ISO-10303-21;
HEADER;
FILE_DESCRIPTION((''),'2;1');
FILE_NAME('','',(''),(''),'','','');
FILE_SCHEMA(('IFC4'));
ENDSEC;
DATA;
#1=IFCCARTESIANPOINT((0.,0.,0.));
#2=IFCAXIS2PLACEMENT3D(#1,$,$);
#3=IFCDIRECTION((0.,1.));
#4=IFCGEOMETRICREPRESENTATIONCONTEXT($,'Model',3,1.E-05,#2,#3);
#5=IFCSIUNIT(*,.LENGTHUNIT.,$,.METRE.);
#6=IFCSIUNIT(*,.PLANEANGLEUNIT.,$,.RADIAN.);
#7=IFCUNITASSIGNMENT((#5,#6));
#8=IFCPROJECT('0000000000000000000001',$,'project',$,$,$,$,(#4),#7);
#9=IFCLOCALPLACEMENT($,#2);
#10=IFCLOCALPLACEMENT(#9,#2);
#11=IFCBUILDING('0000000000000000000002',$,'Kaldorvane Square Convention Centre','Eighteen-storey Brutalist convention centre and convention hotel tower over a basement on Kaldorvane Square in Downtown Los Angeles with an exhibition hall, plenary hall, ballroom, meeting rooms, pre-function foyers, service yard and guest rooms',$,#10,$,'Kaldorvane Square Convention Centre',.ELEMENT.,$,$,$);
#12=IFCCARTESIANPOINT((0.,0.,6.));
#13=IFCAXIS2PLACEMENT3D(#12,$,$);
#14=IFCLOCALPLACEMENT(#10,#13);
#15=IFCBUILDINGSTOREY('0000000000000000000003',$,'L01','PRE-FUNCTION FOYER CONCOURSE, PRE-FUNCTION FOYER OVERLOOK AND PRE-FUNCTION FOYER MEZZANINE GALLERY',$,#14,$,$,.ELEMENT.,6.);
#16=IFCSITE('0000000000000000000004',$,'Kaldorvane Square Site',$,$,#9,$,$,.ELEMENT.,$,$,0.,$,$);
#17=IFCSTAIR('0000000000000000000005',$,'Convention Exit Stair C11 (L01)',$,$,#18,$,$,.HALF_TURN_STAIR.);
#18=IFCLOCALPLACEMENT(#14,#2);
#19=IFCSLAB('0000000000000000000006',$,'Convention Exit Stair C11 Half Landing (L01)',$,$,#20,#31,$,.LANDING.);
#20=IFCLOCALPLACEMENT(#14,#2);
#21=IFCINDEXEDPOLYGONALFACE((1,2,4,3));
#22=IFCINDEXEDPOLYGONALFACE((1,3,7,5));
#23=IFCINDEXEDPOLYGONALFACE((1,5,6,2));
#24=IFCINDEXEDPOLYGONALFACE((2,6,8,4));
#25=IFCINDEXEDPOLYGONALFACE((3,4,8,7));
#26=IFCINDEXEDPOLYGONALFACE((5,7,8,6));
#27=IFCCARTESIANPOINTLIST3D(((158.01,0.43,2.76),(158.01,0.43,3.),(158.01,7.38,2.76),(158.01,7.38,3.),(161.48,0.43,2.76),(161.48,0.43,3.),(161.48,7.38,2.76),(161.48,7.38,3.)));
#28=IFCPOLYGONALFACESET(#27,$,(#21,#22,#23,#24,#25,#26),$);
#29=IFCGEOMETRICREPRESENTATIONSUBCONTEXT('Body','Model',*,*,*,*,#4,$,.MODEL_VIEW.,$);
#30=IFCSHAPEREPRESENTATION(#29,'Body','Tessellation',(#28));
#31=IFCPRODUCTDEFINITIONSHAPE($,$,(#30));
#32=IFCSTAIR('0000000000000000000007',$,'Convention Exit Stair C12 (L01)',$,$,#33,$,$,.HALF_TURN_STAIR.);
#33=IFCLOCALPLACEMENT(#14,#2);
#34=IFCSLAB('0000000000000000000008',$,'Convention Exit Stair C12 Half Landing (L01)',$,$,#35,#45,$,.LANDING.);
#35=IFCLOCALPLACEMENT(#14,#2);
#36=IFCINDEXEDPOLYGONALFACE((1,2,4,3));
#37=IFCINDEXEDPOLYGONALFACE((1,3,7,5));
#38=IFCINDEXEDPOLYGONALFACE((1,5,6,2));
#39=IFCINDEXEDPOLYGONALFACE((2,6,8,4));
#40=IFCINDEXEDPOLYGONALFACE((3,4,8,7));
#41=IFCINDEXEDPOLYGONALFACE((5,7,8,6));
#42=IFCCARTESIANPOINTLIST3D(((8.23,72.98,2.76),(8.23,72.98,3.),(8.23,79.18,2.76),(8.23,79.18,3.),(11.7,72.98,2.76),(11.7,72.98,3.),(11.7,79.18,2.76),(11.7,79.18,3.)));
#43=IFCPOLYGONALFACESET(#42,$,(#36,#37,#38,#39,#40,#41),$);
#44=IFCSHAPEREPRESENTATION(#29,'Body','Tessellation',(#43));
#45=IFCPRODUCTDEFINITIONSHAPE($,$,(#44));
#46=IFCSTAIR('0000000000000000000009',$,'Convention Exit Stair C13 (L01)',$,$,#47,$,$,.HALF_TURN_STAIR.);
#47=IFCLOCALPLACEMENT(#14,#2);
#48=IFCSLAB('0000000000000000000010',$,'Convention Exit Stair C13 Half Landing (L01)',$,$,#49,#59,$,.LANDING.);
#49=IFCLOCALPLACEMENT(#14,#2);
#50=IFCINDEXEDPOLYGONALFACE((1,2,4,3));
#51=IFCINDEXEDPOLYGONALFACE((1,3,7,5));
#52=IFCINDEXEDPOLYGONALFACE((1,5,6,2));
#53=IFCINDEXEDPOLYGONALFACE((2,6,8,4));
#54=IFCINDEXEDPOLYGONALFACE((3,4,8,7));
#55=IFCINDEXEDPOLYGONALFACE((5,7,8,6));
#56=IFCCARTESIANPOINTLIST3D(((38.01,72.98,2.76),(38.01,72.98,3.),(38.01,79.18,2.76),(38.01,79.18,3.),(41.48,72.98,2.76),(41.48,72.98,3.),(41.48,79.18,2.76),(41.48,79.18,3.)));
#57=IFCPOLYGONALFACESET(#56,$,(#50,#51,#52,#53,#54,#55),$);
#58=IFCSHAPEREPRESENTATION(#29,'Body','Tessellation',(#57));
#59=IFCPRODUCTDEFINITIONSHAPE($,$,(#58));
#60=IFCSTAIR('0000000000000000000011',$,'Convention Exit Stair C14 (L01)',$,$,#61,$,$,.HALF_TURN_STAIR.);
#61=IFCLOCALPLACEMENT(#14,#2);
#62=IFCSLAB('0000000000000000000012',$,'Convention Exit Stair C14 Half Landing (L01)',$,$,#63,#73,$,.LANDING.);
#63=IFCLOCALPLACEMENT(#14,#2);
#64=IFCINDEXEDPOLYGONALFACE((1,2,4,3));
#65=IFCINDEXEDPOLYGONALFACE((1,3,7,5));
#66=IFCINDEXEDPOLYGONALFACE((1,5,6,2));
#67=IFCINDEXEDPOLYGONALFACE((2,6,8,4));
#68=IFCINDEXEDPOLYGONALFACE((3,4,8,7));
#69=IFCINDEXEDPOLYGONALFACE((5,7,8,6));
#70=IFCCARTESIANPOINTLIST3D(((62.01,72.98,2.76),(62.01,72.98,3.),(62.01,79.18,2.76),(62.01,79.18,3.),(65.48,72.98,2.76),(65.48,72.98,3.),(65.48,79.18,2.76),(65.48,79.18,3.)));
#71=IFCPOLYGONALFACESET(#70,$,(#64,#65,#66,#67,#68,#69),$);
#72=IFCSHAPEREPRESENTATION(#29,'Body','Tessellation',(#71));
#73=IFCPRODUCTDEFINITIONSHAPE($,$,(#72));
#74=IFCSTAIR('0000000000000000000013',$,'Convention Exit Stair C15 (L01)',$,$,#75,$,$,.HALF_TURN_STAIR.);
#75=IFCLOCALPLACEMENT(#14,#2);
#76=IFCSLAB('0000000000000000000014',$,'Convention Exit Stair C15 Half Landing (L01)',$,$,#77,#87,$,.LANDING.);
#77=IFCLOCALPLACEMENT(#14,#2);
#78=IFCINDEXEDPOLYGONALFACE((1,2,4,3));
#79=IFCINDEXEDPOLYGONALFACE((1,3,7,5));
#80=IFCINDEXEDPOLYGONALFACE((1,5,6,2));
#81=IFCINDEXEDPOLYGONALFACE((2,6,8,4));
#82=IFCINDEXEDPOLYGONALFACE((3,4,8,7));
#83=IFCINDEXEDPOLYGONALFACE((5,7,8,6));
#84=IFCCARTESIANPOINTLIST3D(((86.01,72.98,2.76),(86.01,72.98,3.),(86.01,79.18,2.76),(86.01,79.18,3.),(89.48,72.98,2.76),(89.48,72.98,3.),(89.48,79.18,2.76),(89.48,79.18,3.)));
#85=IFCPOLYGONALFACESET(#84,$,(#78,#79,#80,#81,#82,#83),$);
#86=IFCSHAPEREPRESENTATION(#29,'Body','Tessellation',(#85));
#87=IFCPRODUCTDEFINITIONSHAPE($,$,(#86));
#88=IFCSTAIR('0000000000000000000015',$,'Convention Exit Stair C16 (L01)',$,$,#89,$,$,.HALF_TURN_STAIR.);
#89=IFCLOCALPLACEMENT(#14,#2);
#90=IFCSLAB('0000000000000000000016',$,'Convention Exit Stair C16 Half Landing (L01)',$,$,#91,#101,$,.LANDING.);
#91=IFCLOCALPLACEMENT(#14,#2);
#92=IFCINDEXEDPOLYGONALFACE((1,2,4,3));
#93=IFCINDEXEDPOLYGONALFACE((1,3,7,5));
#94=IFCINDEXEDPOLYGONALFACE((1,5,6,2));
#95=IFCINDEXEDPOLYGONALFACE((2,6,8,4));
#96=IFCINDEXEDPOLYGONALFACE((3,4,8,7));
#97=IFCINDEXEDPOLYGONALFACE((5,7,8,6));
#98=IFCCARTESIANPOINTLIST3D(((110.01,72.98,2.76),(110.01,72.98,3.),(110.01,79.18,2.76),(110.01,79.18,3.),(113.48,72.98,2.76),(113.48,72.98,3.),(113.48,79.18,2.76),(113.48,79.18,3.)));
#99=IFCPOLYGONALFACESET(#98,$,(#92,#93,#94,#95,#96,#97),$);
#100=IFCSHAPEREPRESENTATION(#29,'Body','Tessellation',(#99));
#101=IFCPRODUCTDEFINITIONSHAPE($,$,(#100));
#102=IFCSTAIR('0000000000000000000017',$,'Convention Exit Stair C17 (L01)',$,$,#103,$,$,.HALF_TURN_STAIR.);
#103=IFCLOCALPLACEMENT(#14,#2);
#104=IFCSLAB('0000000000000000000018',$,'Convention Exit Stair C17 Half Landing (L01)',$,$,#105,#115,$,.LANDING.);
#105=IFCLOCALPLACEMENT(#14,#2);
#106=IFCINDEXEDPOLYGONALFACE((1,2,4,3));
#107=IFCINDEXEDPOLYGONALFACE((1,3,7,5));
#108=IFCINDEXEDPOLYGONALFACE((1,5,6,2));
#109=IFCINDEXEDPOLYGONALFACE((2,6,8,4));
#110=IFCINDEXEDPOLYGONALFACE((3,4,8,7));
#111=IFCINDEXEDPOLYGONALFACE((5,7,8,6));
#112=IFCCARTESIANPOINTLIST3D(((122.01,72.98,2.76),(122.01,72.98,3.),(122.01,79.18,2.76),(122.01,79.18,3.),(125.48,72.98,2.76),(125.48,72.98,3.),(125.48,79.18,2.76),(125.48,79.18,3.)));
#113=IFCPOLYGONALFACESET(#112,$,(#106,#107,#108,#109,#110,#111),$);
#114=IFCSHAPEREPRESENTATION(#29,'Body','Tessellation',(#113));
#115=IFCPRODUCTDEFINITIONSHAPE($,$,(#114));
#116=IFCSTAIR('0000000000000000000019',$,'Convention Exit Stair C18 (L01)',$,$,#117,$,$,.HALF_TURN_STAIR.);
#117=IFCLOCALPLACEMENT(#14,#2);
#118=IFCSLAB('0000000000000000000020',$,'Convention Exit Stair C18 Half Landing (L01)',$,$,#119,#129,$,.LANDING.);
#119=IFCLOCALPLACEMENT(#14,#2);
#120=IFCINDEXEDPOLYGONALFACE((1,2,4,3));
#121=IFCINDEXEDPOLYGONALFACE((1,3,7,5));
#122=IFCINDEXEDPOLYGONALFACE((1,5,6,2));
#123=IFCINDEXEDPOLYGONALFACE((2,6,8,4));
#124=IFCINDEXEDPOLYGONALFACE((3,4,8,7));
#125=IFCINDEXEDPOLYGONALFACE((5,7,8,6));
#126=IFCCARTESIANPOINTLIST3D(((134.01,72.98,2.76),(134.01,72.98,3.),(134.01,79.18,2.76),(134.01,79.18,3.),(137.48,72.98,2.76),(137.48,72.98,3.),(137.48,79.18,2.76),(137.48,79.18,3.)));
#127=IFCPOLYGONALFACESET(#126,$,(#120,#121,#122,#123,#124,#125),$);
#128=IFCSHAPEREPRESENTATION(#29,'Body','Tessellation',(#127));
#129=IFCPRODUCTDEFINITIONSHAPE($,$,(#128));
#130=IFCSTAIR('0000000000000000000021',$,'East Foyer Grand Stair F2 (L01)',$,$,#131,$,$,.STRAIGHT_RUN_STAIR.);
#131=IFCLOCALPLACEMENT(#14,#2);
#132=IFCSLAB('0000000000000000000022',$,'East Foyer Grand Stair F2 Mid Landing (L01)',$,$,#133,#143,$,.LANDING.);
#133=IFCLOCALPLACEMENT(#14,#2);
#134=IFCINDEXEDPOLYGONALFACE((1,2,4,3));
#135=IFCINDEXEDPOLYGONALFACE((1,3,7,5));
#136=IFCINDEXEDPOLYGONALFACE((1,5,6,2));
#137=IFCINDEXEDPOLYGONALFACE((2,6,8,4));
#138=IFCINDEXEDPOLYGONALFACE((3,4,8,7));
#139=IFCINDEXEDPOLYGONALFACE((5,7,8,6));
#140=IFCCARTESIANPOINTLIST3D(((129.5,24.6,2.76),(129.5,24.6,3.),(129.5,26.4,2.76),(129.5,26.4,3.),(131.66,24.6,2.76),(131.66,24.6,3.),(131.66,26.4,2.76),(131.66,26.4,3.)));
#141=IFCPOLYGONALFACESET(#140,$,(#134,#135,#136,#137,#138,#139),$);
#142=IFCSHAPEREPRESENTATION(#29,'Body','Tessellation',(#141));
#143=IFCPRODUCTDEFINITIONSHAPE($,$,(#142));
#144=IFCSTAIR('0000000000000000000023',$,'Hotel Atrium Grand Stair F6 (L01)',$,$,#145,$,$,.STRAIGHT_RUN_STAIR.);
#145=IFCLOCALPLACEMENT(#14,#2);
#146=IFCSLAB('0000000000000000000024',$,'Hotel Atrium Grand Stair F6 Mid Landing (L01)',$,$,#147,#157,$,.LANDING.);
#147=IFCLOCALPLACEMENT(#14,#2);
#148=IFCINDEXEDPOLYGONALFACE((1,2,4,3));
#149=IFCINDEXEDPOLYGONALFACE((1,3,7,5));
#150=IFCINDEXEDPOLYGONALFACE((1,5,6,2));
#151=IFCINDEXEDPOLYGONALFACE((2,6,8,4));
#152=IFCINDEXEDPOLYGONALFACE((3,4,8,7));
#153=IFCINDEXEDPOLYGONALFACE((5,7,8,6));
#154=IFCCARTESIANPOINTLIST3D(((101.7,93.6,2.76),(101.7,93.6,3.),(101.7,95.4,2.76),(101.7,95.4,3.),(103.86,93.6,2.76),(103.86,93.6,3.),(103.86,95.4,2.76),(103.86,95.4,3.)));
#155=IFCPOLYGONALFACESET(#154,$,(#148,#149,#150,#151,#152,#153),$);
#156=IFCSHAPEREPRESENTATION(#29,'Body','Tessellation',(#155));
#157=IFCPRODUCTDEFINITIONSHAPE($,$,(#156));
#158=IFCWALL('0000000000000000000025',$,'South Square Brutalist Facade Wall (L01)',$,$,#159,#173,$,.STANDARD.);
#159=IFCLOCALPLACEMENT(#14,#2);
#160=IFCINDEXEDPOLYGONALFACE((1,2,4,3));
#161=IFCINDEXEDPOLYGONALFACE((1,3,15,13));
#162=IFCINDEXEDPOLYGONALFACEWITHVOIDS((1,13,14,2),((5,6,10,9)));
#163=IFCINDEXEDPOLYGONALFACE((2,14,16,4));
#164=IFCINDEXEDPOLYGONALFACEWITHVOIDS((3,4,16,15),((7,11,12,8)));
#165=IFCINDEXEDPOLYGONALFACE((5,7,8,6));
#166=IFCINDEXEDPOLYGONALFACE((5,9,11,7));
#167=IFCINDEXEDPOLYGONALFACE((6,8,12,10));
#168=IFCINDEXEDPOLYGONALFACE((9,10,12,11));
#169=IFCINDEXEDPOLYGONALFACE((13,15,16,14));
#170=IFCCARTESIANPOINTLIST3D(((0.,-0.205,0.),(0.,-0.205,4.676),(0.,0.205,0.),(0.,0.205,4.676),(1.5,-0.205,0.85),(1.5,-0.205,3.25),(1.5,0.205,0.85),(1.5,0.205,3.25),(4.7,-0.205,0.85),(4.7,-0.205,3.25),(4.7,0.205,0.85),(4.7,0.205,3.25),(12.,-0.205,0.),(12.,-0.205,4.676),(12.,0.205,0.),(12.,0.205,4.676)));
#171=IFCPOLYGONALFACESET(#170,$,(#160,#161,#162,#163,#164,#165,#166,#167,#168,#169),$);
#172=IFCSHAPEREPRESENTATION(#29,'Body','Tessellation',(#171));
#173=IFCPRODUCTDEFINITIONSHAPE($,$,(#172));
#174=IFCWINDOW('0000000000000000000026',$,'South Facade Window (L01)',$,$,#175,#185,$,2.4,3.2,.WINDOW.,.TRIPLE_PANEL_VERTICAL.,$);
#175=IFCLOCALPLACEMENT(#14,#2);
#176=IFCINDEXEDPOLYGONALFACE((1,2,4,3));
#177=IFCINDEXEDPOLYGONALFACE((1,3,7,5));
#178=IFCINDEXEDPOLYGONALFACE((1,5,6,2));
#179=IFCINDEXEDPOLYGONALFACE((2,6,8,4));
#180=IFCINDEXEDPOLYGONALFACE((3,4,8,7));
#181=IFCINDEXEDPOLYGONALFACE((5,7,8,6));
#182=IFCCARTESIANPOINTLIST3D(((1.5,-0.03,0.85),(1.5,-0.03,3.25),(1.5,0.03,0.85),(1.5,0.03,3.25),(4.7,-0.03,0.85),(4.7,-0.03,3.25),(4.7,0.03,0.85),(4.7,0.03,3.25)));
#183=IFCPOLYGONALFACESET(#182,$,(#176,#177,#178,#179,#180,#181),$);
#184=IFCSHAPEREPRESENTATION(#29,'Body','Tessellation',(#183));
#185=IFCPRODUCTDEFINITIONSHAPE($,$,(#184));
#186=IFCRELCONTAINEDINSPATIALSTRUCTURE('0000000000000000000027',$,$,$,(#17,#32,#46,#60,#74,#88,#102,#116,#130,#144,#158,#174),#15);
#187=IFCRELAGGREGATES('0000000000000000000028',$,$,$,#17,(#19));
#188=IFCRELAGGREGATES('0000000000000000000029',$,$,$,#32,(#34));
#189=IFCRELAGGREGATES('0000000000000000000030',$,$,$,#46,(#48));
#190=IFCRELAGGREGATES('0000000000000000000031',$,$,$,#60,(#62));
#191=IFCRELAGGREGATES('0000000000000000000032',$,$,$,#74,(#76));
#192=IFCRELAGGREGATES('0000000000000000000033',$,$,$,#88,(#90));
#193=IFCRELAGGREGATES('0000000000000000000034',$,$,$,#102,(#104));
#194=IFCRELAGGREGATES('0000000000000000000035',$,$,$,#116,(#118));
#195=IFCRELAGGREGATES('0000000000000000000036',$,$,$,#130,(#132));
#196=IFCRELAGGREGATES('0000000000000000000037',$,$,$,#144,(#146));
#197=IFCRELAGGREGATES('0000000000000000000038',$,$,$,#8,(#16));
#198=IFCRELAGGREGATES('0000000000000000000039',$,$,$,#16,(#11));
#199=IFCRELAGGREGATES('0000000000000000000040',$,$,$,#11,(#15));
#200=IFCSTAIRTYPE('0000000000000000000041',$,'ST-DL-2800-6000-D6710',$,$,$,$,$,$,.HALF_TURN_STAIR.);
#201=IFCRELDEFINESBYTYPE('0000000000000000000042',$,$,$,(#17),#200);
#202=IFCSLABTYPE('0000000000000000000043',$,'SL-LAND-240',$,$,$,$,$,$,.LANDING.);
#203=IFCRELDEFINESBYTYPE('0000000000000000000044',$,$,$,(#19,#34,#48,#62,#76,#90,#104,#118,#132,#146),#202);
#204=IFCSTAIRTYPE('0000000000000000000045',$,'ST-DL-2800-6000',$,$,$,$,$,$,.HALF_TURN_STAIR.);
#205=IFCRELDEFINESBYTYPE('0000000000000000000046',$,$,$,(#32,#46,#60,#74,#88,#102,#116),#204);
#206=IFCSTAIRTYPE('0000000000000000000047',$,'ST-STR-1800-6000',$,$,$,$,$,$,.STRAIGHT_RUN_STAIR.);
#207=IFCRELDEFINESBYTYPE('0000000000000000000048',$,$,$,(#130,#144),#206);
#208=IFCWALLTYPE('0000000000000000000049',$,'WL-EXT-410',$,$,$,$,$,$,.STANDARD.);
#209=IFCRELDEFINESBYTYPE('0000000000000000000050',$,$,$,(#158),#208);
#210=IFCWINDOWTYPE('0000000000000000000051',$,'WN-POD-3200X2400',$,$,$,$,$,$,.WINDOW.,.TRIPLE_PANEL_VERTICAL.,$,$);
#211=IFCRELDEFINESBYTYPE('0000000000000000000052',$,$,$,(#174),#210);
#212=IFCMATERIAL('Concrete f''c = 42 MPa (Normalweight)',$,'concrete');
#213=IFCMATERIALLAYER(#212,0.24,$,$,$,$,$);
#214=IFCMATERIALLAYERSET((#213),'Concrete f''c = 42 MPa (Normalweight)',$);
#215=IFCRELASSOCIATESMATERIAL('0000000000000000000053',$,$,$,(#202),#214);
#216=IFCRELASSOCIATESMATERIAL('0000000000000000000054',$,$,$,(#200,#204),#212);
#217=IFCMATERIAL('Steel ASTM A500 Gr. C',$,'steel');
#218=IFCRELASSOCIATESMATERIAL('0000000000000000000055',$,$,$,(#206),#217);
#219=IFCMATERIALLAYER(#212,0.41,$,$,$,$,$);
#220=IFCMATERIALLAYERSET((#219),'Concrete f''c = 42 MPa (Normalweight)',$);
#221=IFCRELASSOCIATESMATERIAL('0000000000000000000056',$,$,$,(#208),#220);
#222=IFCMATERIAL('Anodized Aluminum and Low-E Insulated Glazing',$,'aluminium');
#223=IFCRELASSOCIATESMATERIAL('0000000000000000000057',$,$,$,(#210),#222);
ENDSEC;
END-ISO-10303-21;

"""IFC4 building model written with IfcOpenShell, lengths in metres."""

from ifc_helpers import new_model, si_unit, direction, frame, frame_2d, origin, origin_with_axes, place, context, subcontext, project, spatial, polyline, rectangle, outline, extrude, material, layer, layer_set, type_object, element, fill, aggregate, save


model = new_model("IFC4")

# Units and contexts
model_context = context("Model", 3, precision=1e-05, world=origin(), true_north=direction((0.0, 1.0)))
body_context = subcontext(model_context, "Body", "Model", "MODEL_VIEW")
ifc_project = project(units=[si_unit("LENGTHUNIT", "METRE"), si_unit("PLANEANGLEUNIT", "RADIAN")], contexts=[model_context])

# Site, building, storey
site_placement = place(None, origin())
site = spatial("IfcSite", under=ifc_project, at=site_placement, Name="Kaldorvane Square Site", CompositionType="ELEMENT", RefElevation=0.0)
building_placement = place(site_placement, origin())
building = spatial("IfcBuilding", under=site, at=building_placement, Name="Kaldorvane Square Convention Centre", Description="Eighteen-storey Brutalist convention centre and convention hotel tower over a basement on Kaldorvane Square in Downtown Los Angeles with an exhibition hall, plenary hall, ballroom, meeting rooms, pre-function foyers, service yard and guest rooms", LongName="Kaldorvane Square Convention Centre", CompositionType="ELEMENT")
storey_placement = place(building_placement, frame((0.0, 0.0, 6.0)))
storey = spatial("IfcBuildingStorey", under=building, at=storey_placement, Name="L01", Description="PRE-FUNCTION FOYER CONCOURSE, PRE-FUNCTION FOYER OVERLOOK AND PRE-FUNCTION FOYER MEZZANINE GALLERY", CompositionType="ELEMENT", Elevation=6.0)

# Shared definitions
ifc_material_1 = material(Name="Steel ASTM A500 Gr. C", Category="steel")
ifc_material_2 = material(Name="Concrete f'c = 42 MPa (Normalweight)", Category="concrete")

# Stairs, slabs
ifc_layer_1 = layer(ifc_material_2, 0.24)
ifc_layer_set_1 = layer_set([ifc_layer_1], Name="Concrete f'c = 42 MPa (Normalweight)")
slab_type = type_object("IfcSlabType", Name="SL-LAND-240", PredefinedType="LANDING", material=ifc_layer_set_1)
stair_type_1 = type_object("IfcStairType", Name="ST-DL-2800-6000-D6710", PredefinedType="HALF_TURN_STAIR", material=ifc_material_2)
stair_1_placement = place(storey_placement, origin())
stair_1 = element("IfcStair", 1, at=stair_1_placement, inside=storey, type_object=stair_type_1, Name="Convention Exit Stair C11 (L01)", PredefinedType="HALF_TURN_STAIR")
slab_1_placement = place(storey_placement, frame((0.0, 0.0, 2.76)))
slab_1 = element("IfcSlab", 2, at=slab_1_placement, type_object=slab_type, Name="Convention Exit Stair C11 Half Landing (L01)", PredefinedType="LANDING", context=body_context, shape_type="SweptSolid", body=[
    extrude(outline(polyline([(158.01, 0.43), (161.48, 0.43), (161.48, 7.38), (158.01, 7.38), (158.01, 0.43)])), origin(), (0.0, 0.0, 1.0), 0.24),
])
aggregate(stair_1, [slab_1])
stair_type_2 = type_object("IfcStairType", Name="ST-DL-2800-6000", PredefinedType="HALF_TURN_STAIR", material=ifc_material_2)
stair_2_placement = place(storey_placement, origin())
stair_2 = element("IfcStair", 3, at=stair_2_placement, inside=storey, type_object=stair_type_2, Name="Convention Exit Stair C12 (L01)", PredefinedType="HALF_TURN_STAIR")
slab_2_placement = place(storey_placement, frame((0.0, 0.0, 2.76)))
slab_2 = element("IfcSlab", 4, at=slab_2_placement, type_object=slab_type, Name="Convention Exit Stair C12 Half Landing (L01)", PredefinedType="LANDING", context=body_context, shape_type="SweptSolid", body=[
    extrude(outline(polyline([(8.23, 72.98), (11.7, 72.98), (11.7, 79.18), (8.23, 79.18), (8.23, 72.98)])), origin(), (0.0, 0.0, 1.0), 0.24),
])
aggregate(stair_2, [slab_2])
stair_3_placement = place(storey_placement, origin())
stair_3 = element("IfcStair", 5, at=stair_3_placement, inside=storey, type_object=stair_type_2, Name="Convention Exit Stair C13 (L01)", PredefinedType="HALF_TURN_STAIR")
slab_3_placement = place(storey_placement, frame((0.0, 0.0, 2.76)))
slab_3 = element("IfcSlab", 6, at=slab_3_placement, type_object=slab_type, Name="Convention Exit Stair C13 Half Landing (L01)", PredefinedType="LANDING", context=body_context, shape_type="SweptSolid", body=[
    extrude(outline(polyline([(38.01, 72.98), (41.48, 72.98), (41.48, 79.18), (38.01, 79.18), (38.01, 72.98)])), origin(), (0.0, 0.0, 1.0), 0.24),
])
aggregate(stair_3, [slab_3])
stair_4_placement = place(storey_placement, origin())
stair_4 = element("IfcStair", 7, at=stair_4_placement, inside=storey, type_object=stair_type_2, Name="Convention Exit Stair C14 (L01)", PredefinedType="HALF_TURN_STAIR")
slab_4_placement = place(storey_placement, frame((0.0, 0.0, 2.76)))
slab_4 = element("IfcSlab", 8, at=slab_4_placement, type_object=slab_type, Name="Convention Exit Stair C14 Half Landing (L01)", PredefinedType="LANDING", context=body_context, shape_type="SweptSolid", body=[
    extrude(outline(polyline([(62.01, 72.98), (65.48, 72.98), (65.48, 79.18), (62.01, 79.18), (62.01, 72.98)])), origin(), (0.0, 0.0, 1.0), 0.24),
])
aggregate(stair_4, [slab_4])
stair_5_placement = place(storey_placement, origin())
stair_5 = element("IfcStair", 9, at=stair_5_placement, inside=storey, type_object=stair_type_2, Name="Convention Exit Stair C15 (L01)", PredefinedType="HALF_TURN_STAIR")
slab_5_placement = place(storey_placement, frame((0.0, 0.0, 2.76)))
slab_5 = element("IfcSlab", 10, at=slab_5_placement, type_object=slab_type, Name="Convention Exit Stair C15 Half Landing (L01)", PredefinedType="LANDING", context=body_context, shape_type="SweptSolid", body=[
    extrude(outline(polyline([(86.01, 72.98), (89.48, 72.98), (89.48, 79.18), (86.01, 79.18), (86.01, 72.98)])), origin(), (0.0, 0.0, 1.0), 0.24),
])
aggregate(stair_5, [slab_5])
stair_6_placement = place(storey_placement, origin())
stair_6 = element("IfcStair", 11, at=stair_6_placement, inside=storey, type_object=stair_type_2, Name="Convention Exit Stair C16 (L01)", PredefinedType="HALF_TURN_STAIR")
slab_6_placement = place(storey_placement, frame((0.0, 0.0, 2.76)))
slab_6 = element("IfcSlab", 12, at=slab_6_placement, type_object=slab_type, Name="Convention Exit Stair C16 Half Landing (L01)", PredefinedType="LANDING", context=body_context, shape_type="SweptSolid", body=[
    extrude(outline(polyline([(110.01, 72.98), (113.48, 72.98), (113.48, 79.18), (110.01, 79.18), (110.01, 72.98)])), origin(), (0.0, 0.0, 1.0), 0.24),
])
aggregate(stair_6, [slab_6])
stair_7_placement = place(storey_placement, origin())
stair_7 = element("IfcStair", 13, at=stair_7_placement, inside=storey, type_object=stair_type_2, Name="Convention Exit Stair C17 (L01)", PredefinedType="HALF_TURN_STAIR")
slab_7_placement = place(storey_placement, frame((0.0, 0.0, 2.76)))
slab_7 = element("IfcSlab", 14, at=slab_7_placement, type_object=slab_type, Name="Convention Exit Stair C17 Half Landing (L01)", PredefinedType="LANDING", context=body_context, shape_type="SweptSolid", body=[
    extrude(outline(polyline([(122.01, 72.98), (125.48, 72.98), (125.48, 79.18), (122.01, 79.18), (122.01, 72.98)])), origin(), (0.0, 0.0, 1.0), 0.24),
])
aggregate(stair_7, [slab_7])
stair_8_placement = place(storey_placement, origin())
stair_8 = element("IfcStair", 15, at=stair_8_placement, inside=storey, type_object=stair_type_2, Name="Convention Exit Stair C18 (L01)", PredefinedType="HALF_TURN_STAIR")
slab_8_placement = place(storey_placement, frame((0.0, 0.0, 2.76)))
slab_8 = element("IfcSlab", 16, at=slab_8_placement, type_object=slab_type, Name="Convention Exit Stair C18 Half Landing (L01)", PredefinedType="LANDING", context=body_context, shape_type="SweptSolid", body=[
    extrude(outline(polyline([(134.01, 72.98), (137.48, 72.98), (137.48, 79.18), (134.01, 79.18), (134.01, 72.98)])), origin(), (0.0, 0.0, 1.0), 0.24),
])
aggregate(stair_8, [slab_8])
stair_type_3 = type_object("IfcStairType", Name="ST-STR-1800-6000", PredefinedType="STRAIGHT_RUN_STAIR", material=ifc_material_1)
stair_9_placement = place(storey_placement, origin())
stair_9 = element("IfcStair", 17, at=stair_9_placement, inside=storey, type_object=stair_type_3, Name="East Foyer Grand Stair F2 (L01)", PredefinedType="STRAIGHT_RUN_STAIR")
slab_9_placement = place(storey_placement, frame((0.0, 0.0, 2.76)))
slab_9 = element("IfcSlab", 18, at=slab_9_placement, type_object=slab_type, Name="East Foyer Grand Stair F2 Mid Landing (L01)", PredefinedType="LANDING", context=body_context, shape_type="SweptSolid", body=[
    extrude(outline(polyline([(129.5, 24.6), (131.66, 24.6), (131.66, 26.4), (129.5, 26.4), (129.5, 24.6)])), origin(), (0.0, 0.0, 1.0), 0.24),
])
aggregate(stair_9, [slab_9])
stair_10_placement = place(storey_placement, origin())
stair_10 = element("IfcStair", 19, at=stair_10_placement, inside=storey, type_object=stair_type_3, Name="Hotel Atrium Grand Stair F6 (L01)", PredefinedType="STRAIGHT_RUN_STAIR")
slab_10_placement = place(storey_placement, frame((0.0, 0.0, 2.76)))
slab_10 = element("IfcSlab", 20, at=slab_10_placement, type_object=slab_type, Name="Hotel Atrium Grand Stair F6 Mid Landing (L01)", PredefinedType="LANDING", context=body_context, shape_type="SweptSolid", body=[
    extrude(outline(polyline([(101.7, 93.6), (103.86, 93.6), (103.86, 95.4), (101.7, 95.4), (101.7, 93.6)])), origin(), (0.0, 0.0, 1.0), 0.24),
])
aggregate(stair_10, [slab_10])

# Wall, opening, window
ifc_layer_2 = layer(ifc_material_2, 0.41)
ifc_layer_set_2 = layer_set([ifc_layer_2], Name="Concrete f'c = 42 MPa (Normalweight)")
wall_type = type_object("IfcWallType", Name="WL-EXT-410", PredefinedType="STANDARD", material=ifc_layer_set_2)
wall_placement = place(storey_placement, origin_with_axes())
wall = element("IfcWall", 21, at=wall_placement, inside=storey, type_object=wall_type, Name="South Square Brutalist Facade Wall (L01)", PredefinedType="STANDARD", context=body_context, shape_type="SweptSolid", body=[
    extrude(rectangle(XDim=12.0, YDim=0.41, at=frame_2d((6.0, 0.0))), origin(), (0.0, 0.0, 1.0), 4.676),
])
opening_placement = place(wall_placement, frame((1.5, 0.0, 0.85)))
opening = element("IfcOpeningElement", 22, at=opening_placement, cuts=wall, PredefinedType="OPENING", context=body_context, shape_type="SweptSolid", body=[
    extrude(rectangle(XDim=3.2, YDim=2.4, at=frame_2d((1.6, 1.2))), frame((0.0, 0.22, 0.0), z_axis=(0.0, -1.0, 0.0), x_axis=(1.0, 0.0, 0.0)), (0.0, 0.0, 1.0), 0.44),
])
ifc_material_3 = material(Name="Anodized Aluminum and Low-E Insulated Glazing", Category="aluminium")
window_type = type_object("IfcWindowType", Name="WN-POD-3200X2400", PartitioningType="TRIPLE_PANEL_VERTICAL", PredefinedType="WINDOW", material=ifc_material_3)
window_placement = place(opening_placement, origin())
window = element("IfcWindow", 23, at=window_placement, inside=storey, type_object=window_type, Name="South Facade Window (L01)", OverallHeight=2.4, OverallWidth=3.2, PartitioningType="TRIPLE_PANEL_VERTICAL", PredefinedType="WINDOW", context=body_context, shape_type="SweptSolid", body=[
    extrude(rectangle(XDim=3.2, YDim=2.4, at=frame_2d((1.6, 1.2))), frame((0.0, 0.03, 0.0), z_axis=(0.0, -1.0, 0.0), x_axis=(1.0, 0.0, 0.0)), (0.0, 0.0, 1.0), 0.06),
])
fill(opening, window)

save(model, "model.ifc")
